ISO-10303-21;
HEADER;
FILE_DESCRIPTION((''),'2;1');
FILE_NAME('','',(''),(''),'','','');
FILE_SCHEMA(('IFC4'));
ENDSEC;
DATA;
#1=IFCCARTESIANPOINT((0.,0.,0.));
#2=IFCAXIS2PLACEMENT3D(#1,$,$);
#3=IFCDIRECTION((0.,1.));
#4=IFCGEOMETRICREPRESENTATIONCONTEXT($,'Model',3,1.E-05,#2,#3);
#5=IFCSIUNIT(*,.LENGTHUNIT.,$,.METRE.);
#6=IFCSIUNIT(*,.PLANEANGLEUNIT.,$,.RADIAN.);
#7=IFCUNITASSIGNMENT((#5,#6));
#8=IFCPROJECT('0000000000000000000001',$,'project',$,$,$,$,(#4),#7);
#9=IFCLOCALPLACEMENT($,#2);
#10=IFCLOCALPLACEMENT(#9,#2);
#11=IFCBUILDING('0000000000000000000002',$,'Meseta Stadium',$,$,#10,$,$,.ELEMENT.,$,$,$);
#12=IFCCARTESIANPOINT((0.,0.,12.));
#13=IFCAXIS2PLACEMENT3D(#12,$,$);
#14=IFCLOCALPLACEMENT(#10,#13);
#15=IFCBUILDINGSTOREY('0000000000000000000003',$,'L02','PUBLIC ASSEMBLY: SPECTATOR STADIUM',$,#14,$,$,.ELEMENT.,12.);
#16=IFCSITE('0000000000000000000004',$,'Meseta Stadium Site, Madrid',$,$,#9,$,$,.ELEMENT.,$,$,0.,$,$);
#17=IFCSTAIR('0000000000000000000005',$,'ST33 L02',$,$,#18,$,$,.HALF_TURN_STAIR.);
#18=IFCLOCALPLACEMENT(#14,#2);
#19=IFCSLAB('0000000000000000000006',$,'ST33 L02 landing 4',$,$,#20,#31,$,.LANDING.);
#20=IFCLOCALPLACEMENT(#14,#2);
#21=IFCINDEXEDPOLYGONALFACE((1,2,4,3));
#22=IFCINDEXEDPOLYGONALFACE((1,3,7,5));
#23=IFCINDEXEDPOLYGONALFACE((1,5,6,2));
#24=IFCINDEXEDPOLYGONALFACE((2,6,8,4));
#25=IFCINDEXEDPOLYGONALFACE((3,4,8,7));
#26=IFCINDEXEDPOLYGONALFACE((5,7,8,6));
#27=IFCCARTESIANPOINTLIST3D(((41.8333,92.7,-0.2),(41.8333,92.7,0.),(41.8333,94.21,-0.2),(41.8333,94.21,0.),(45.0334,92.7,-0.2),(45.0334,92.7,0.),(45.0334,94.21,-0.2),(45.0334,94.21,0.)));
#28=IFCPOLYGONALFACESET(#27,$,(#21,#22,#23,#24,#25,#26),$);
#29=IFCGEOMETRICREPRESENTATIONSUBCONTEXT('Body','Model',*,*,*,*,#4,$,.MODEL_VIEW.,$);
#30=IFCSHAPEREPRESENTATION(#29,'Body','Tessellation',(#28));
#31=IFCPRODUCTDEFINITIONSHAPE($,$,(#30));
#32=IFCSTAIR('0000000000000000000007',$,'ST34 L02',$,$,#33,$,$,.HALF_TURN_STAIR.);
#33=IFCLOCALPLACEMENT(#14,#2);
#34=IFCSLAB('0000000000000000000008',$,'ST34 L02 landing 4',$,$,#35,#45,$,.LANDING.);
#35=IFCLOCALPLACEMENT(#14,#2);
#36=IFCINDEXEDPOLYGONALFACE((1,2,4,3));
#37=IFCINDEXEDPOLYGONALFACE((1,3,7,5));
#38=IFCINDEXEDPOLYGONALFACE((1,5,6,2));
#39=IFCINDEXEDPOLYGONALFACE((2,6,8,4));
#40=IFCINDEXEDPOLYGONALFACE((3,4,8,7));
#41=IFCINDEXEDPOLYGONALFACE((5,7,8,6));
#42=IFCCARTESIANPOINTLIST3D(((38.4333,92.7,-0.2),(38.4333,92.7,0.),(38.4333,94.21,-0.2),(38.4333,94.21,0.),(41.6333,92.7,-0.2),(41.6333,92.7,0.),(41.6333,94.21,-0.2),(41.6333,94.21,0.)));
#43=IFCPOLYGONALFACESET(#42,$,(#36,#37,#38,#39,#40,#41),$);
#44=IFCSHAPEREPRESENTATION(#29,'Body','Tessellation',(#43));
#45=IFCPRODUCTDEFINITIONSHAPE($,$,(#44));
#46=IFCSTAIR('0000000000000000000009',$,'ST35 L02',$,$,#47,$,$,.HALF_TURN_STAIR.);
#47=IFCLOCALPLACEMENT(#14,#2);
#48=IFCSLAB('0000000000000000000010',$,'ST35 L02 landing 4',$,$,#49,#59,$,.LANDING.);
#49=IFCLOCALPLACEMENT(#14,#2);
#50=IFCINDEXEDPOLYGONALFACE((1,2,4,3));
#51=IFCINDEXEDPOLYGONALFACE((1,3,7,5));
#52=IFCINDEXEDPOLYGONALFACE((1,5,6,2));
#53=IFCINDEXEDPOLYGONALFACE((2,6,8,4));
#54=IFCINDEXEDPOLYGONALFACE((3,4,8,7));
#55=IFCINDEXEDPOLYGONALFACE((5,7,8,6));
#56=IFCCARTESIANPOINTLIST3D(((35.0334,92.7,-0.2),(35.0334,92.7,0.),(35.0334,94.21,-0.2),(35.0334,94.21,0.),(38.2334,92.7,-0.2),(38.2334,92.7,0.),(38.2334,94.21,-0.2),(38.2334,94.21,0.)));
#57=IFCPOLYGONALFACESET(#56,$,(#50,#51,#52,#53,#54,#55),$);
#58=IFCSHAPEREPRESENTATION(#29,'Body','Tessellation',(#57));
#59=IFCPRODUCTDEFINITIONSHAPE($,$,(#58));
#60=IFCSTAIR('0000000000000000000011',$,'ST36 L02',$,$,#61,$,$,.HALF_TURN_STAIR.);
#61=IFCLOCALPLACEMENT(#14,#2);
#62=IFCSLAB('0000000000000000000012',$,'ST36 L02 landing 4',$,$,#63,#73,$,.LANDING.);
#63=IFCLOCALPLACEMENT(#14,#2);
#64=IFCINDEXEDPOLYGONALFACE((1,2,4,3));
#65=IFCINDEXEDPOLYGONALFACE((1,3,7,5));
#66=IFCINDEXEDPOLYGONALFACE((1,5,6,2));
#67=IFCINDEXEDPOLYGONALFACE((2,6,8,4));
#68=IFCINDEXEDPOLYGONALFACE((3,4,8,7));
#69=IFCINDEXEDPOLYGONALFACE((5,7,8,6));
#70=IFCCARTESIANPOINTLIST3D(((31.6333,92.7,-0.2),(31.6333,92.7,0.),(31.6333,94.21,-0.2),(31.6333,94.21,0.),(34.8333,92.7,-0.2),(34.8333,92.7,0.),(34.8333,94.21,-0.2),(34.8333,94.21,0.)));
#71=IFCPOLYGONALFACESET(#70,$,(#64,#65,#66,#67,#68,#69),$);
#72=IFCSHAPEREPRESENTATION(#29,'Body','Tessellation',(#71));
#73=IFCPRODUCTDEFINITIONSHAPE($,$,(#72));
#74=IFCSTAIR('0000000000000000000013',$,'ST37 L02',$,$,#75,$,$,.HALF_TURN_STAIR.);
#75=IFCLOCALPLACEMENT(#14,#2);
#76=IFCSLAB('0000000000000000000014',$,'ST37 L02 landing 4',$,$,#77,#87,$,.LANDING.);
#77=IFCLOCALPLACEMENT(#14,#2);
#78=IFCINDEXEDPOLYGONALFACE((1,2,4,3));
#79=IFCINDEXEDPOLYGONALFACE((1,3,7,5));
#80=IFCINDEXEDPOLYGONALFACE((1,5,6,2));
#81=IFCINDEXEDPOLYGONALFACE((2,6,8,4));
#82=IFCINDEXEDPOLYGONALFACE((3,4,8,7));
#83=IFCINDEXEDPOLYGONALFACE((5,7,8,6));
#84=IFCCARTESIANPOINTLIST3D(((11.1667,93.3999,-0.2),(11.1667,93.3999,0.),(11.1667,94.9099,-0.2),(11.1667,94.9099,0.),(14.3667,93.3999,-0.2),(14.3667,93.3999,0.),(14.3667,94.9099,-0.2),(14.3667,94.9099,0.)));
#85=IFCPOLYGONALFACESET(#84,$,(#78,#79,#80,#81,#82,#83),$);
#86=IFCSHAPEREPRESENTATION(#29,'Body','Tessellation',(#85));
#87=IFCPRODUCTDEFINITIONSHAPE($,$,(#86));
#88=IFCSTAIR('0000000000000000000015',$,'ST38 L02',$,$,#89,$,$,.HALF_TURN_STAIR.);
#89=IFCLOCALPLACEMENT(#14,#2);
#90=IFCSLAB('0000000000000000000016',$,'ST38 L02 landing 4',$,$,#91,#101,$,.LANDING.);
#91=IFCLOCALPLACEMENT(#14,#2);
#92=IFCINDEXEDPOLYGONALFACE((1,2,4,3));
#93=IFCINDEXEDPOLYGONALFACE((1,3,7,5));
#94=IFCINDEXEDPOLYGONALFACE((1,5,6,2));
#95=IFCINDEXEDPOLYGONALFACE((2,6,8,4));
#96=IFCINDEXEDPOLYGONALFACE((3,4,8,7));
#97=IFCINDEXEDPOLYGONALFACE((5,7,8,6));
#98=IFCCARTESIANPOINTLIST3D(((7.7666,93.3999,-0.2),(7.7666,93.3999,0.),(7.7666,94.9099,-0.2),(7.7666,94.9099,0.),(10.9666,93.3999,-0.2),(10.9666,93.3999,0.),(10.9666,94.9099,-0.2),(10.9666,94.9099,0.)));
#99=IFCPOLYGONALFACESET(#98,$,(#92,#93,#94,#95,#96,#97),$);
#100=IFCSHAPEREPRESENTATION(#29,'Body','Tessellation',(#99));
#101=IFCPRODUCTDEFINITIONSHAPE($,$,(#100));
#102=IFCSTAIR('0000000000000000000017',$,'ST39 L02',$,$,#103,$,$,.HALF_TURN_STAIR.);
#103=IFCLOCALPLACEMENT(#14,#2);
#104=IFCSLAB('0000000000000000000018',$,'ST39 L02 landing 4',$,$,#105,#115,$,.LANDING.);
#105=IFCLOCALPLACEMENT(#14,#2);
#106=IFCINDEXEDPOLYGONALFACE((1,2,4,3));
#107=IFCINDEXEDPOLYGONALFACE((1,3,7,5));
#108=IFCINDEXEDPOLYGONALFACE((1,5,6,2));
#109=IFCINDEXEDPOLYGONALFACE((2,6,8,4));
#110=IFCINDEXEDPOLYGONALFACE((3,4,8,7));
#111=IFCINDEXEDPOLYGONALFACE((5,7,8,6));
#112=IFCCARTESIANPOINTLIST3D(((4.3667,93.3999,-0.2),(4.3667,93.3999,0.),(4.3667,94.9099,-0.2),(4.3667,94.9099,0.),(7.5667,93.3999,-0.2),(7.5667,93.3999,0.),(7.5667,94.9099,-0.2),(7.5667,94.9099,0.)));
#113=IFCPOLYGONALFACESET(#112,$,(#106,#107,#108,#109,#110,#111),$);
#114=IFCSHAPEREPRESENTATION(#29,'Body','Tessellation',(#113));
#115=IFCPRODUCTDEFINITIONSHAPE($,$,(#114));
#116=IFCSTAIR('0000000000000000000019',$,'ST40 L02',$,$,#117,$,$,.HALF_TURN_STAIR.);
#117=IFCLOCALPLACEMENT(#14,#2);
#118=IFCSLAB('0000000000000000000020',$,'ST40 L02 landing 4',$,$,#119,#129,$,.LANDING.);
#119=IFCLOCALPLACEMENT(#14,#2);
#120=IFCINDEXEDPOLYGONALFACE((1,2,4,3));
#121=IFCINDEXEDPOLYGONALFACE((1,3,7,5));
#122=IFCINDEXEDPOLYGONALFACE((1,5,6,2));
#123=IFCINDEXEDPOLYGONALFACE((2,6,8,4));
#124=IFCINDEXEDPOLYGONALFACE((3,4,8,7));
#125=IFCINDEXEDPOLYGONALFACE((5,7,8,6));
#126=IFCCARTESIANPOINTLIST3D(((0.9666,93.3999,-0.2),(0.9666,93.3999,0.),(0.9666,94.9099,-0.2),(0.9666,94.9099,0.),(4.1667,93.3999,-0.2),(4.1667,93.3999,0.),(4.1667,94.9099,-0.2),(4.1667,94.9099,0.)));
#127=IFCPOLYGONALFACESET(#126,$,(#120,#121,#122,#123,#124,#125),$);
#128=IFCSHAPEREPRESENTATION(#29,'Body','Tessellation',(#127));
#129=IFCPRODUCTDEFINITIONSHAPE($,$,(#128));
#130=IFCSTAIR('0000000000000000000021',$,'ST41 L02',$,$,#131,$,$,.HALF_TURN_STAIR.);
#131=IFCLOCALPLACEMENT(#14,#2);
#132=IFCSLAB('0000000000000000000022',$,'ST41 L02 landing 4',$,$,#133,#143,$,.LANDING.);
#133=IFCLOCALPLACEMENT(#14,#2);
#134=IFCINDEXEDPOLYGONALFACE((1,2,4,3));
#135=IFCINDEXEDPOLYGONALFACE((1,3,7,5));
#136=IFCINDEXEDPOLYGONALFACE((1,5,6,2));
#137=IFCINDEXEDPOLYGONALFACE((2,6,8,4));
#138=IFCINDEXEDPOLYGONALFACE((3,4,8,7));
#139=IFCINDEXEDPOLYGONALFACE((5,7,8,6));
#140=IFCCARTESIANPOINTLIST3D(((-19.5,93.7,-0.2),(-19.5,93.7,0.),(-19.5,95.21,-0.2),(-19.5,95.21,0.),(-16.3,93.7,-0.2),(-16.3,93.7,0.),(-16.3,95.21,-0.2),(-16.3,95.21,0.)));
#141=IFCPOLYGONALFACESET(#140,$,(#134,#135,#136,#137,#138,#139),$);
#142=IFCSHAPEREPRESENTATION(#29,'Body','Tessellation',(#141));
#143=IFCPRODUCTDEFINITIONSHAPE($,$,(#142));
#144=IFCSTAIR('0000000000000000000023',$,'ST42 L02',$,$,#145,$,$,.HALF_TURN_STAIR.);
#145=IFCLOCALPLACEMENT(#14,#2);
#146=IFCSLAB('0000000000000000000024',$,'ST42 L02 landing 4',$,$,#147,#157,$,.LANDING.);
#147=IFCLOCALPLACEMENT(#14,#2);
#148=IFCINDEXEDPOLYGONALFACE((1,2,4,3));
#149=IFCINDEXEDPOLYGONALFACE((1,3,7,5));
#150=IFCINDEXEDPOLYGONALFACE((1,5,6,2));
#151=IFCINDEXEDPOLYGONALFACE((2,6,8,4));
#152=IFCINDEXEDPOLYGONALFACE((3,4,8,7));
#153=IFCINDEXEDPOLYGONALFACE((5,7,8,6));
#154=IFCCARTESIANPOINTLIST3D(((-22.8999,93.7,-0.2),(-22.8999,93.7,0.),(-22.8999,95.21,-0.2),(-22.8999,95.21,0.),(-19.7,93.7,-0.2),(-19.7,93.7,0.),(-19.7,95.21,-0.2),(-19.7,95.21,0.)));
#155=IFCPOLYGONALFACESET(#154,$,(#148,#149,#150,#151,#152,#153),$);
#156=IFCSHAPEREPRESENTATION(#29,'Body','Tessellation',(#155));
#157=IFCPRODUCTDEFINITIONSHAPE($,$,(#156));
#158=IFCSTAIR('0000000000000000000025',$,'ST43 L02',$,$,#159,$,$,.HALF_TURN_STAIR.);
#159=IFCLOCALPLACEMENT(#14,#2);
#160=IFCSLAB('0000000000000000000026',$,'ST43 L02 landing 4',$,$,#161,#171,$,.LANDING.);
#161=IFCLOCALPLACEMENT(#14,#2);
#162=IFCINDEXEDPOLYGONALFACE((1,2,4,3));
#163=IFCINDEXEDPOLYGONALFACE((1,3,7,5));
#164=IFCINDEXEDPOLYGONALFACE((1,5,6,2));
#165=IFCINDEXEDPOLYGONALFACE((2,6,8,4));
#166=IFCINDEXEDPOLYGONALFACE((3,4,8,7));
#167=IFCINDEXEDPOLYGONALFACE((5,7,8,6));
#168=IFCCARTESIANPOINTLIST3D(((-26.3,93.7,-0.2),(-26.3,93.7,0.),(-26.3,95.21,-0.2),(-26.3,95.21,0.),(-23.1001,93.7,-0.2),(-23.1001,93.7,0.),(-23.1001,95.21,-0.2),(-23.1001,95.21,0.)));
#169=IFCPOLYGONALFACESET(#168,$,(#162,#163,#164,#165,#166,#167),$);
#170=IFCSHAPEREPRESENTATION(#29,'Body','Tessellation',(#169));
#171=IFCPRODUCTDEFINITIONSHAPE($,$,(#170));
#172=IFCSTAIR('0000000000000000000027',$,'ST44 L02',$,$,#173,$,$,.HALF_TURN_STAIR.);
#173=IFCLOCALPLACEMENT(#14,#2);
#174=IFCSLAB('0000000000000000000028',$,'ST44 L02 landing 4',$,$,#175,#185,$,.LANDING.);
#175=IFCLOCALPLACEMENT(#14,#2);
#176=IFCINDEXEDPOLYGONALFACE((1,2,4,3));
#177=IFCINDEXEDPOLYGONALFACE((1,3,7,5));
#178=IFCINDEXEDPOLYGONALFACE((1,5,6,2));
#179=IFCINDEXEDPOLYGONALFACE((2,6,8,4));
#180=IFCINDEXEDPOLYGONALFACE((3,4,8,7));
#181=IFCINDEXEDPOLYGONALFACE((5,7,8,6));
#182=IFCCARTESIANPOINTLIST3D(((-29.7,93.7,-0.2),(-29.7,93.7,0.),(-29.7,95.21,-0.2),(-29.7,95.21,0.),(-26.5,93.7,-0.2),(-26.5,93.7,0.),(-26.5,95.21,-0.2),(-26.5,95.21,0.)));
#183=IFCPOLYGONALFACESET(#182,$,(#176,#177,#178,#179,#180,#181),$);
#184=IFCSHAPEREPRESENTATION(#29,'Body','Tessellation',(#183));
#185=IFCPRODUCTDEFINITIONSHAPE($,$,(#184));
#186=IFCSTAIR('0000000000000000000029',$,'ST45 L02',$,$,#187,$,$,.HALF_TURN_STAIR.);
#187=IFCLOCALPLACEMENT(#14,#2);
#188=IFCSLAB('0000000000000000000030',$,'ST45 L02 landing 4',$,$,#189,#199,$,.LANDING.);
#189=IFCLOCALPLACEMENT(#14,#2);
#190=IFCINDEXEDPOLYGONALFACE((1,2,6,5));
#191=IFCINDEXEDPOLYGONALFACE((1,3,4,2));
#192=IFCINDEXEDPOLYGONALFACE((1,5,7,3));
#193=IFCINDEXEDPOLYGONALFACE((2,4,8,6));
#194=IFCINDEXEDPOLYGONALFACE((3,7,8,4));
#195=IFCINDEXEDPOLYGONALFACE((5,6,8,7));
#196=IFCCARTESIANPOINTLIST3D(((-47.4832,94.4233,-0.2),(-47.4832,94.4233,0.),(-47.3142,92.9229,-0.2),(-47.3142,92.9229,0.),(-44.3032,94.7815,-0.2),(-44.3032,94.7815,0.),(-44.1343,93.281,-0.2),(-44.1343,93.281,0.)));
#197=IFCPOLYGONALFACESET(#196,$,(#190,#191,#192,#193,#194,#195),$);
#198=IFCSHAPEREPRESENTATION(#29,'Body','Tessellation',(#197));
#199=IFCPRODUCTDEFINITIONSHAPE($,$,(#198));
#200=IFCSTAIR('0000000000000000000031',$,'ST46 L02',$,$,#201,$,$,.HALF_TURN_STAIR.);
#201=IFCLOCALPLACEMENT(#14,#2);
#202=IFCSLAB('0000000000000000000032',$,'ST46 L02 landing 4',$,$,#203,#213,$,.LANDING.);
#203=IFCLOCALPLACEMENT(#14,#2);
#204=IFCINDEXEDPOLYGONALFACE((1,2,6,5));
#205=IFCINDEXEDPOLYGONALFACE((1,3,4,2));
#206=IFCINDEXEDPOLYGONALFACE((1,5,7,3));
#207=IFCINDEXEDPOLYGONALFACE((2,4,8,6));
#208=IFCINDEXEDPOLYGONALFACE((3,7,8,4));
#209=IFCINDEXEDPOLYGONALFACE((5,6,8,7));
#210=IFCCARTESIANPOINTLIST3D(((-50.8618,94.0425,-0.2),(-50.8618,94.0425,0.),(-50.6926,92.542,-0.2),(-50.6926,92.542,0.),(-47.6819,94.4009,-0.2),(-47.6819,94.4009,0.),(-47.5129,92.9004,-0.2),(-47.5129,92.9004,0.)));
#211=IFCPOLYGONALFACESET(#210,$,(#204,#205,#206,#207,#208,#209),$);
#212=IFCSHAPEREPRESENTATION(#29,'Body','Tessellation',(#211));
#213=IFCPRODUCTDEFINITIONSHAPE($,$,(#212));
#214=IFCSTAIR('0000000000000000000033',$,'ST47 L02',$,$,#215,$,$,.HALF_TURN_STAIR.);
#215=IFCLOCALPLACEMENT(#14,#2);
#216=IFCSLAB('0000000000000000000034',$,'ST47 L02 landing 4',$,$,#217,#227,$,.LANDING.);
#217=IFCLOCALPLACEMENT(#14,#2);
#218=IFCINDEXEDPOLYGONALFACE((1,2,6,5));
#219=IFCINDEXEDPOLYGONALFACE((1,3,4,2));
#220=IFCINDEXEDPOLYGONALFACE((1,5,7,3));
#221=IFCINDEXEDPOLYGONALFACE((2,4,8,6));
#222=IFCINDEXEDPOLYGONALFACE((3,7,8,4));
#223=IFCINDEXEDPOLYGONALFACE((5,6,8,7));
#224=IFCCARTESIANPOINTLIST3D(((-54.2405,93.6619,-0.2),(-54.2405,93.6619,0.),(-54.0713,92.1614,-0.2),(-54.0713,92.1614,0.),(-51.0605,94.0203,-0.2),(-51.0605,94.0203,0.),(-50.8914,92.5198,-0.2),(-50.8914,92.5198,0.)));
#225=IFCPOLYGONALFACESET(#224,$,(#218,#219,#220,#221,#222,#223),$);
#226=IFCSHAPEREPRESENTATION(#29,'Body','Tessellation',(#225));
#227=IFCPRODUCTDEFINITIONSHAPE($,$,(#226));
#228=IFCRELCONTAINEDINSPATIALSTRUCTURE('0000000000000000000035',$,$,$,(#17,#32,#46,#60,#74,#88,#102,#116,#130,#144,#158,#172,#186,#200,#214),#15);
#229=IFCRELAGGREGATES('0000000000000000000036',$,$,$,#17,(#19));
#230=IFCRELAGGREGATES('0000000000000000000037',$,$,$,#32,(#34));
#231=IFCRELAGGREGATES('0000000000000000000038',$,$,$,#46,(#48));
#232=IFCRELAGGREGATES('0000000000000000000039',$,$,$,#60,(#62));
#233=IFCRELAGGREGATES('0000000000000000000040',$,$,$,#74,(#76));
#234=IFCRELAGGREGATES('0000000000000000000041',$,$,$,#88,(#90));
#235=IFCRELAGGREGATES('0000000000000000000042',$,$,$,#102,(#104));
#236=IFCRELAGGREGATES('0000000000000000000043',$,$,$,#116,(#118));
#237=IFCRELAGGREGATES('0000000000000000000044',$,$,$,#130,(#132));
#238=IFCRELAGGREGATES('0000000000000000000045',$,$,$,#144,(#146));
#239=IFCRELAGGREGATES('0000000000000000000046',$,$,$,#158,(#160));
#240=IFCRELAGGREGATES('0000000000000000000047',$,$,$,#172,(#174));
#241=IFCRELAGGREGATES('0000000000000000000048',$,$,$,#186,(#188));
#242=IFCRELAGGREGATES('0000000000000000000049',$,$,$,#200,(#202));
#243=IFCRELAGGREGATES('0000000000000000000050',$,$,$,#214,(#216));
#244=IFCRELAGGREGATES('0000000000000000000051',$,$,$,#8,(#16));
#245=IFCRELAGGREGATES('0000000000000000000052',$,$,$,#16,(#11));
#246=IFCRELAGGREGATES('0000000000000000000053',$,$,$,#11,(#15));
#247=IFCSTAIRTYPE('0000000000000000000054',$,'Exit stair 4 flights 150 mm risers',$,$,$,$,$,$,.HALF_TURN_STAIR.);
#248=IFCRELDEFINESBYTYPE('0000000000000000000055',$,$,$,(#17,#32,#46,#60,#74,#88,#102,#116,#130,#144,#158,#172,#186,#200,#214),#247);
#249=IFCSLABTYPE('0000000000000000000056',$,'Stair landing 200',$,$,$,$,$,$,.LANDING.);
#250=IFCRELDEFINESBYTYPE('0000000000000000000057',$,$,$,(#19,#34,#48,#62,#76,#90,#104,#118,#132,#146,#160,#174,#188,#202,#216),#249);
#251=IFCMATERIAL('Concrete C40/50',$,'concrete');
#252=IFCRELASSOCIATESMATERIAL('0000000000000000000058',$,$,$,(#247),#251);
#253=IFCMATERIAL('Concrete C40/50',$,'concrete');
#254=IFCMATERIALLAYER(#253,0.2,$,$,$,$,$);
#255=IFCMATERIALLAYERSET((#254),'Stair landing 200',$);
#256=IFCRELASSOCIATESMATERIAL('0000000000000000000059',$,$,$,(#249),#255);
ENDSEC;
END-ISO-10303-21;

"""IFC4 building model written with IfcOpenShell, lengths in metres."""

from ifc_helpers import new_model, si_unit, direction, frame, origin, place, context, subcontext, project, spatial, polyline, outline, extrude, material, layer, layer_set, type_object, element, aggregate, save


model = new_model("IFC4")

# Units and contexts
model_context = context("Model", 3, precision=1e-05, world=origin(), true_north=direction((0.0, 1.0)))
body_context = subcontext(model_context, "Body", "Model", "MODEL_VIEW")
ifc_project = project(units=[si_unit("LENGTHUNIT", "METRE"), si_unit("PLANEANGLEUNIT", "RADIAN")], contexts=[model_context])

# Site, building, storey
site_placement = place(None, origin())
site = spatial("IfcSite", under=ifc_project, at=site_placement, Name="Meseta Stadium Site, Madrid", CompositionType="ELEMENT", RefElevation=0.0)
building_placement = place(site_placement, origin())
building = spatial("IfcBuilding", under=site, at=building_placement, Name="Meseta Stadium", CompositionType="ELEMENT")
storey_placement = place(building_placement, frame((0.0, 0.0, 12.0)))
storey = spatial("IfcBuildingStorey", under=building, at=storey_placement, Name="L02", Description="PUBLIC ASSEMBLY: SPECTATOR STADIUM", CompositionType="ELEMENT", Elevation=12.0)

# Stairs, slabs
ifc_material_1 = material(Name="Concrete C40/50", Category="concrete")
stair_type = type_object("IfcStairType", Name="Exit stair 4 flights 150 mm risers", PredefinedType="HALF_TURN_STAIR", material=ifc_material_1)
stair_1_placement = place(storey_placement, origin())
stair_1 = element("IfcStair", 1, at=stair_1_placement, inside=storey, type_object=stair_type, Name="ST33 L02", PredefinedType="HALF_TURN_STAIR")
ifc_material_2 = material(Name="Concrete C40/50", Category="concrete")
ifc_layer = layer(ifc_material_2, 0.2)
ifc_layer_set = layer_set([ifc_layer], Name="Stair landing 200")
slab_type = type_object("IfcSlabType", Name="Stair landing 200", PredefinedType="LANDING", material=ifc_layer_set)
slab_1_placement = place(storey_placement, frame((0.0, 0.0, -0.2)))
slab_1 = element("IfcSlab", 2, at=slab_1_placement, type_object=slab_type, Name="ST33 L02 landing 4", PredefinedType="LANDING", context=body_context, shape_type="SweptSolid", body=[
    extrude(outline(polyline([(45.0334, 92.7), (45.0334, 94.21), (41.8333, 94.21), (41.8333, 92.7), (45.0334, 92.7)])), origin(), (0.0, 0.0, 1.0), 0.2),
])
aggregate(stair_1, [slab_1])
stair_2_placement = place(storey_placement, origin())
stair_2 = element("IfcStair", 3, at=stair_2_placement, inside=storey, type_object=stair_type, Name="ST34 L02", PredefinedType="HALF_TURN_STAIR")
slab_2_placement = place(storey_placement, frame((0.0, 0.0, -0.2)))
slab_2 = element("IfcSlab", 4, at=slab_2_placement, type_object=slab_type, Name="ST34 L02 landing 4", PredefinedType="LANDING", context=body_context, shape_type="SweptSolid", body=[
    extrude(outline(polyline([(41.6333, 92.7), (41.6333, 94.21), (38.4333, 94.21), (38.4333, 92.7), (41.6333, 92.7)])), origin(), (0.0, 0.0, 1.0), 0.2),
])
aggregate(stair_2, [slab_2])
stair_3_placement = place(storey_placement, origin())
stair_3 = element("IfcStair", 5, at=stair_3_placement, inside=storey, type_object=stair_type, Name="ST35 L02", PredefinedType="HALF_TURN_STAIR")
slab_3_placement = place(storey_placement, frame((0.0, 0.0, -0.2)))
slab_3 = element("IfcSlab", 6, at=slab_3_placement, type_object=slab_type, Name="ST35 L02 landing 4", PredefinedType="LANDING", context=body_context, shape_type="SweptSolid", body=[
    extrude(outline(polyline([(38.2334, 92.7), (38.2334, 94.21), (35.0334, 94.21), (35.0334, 92.7), (38.2334, 92.7)])), origin(), (0.0, 0.0, 1.0), 0.2),
])
aggregate(stair_3, [slab_3])
stair_4_placement = place(storey_placement, origin())
stair_4 = element("IfcStair", 7, at=stair_4_placement, inside=storey, type_object=stair_type, Name="ST36 L02", PredefinedType="HALF_TURN_STAIR")
slab_4_placement = place(storey_placement, frame((0.0, 0.0, -0.2)))
slab_4 = element("IfcSlab", 8, at=slab_4_placement, type_object=slab_type, Name="ST36 L02 landing 4", PredefinedType="LANDING", context=body_context, shape_type="SweptSolid", body=[
    extrude(outline(polyline([(34.8333, 92.7), (34.8333, 94.21), (31.6333, 94.21), (31.6333, 92.7), (34.8333, 92.7)])), origin(), (0.0, 0.0, 1.0), 0.2),
])
aggregate(stair_4, [slab_4])
stair_5_placement = place(storey_placement, origin())
stair_5 = element("IfcStair", 9, at=stair_5_placement, inside=storey, type_object=stair_type, Name="ST37 L02", PredefinedType="HALF_TURN_STAIR")
slab_5_placement = place(storey_placement, frame((0.0, 0.0, -0.2)))
slab_5 = element("IfcSlab", 10, at=slab_5_placement, type_object=slab_type, Name="ST37 L02 landing 4", PredefinedType="LANDING", context=body_context, shape_type="SweptSolid", body=[
    extrude(outline(polyline([(14.3667, 93.3999), (14.3667, 94.9099), (11.1667, 94.9099), (11.1667, 93.3999), (14.3667, 93.3999)])), origin(), (0.0, 0.0, 1.0), 0.2),
])
aggregate(stair_5, [slab_5])
stair_6_placement = place(storey_placement, origin())
stair_6 = element("IfcStair", 11, at=stair_6_placement, inside=storey, type_object=stair_type, Name="ST38 L02", PredefinedType="HALF_TURN_STAIR")
slab_6_placement = place(storey_placement, frame((0.0, 0.0, -0.2)))
slab_6 = element("IfcSlab", 12, at=slab_6_placement, type_object=slab_type, Name="ST38 L02 landing 4", PredefinedType="LANDING", context=body_context, shape_type="SweptSolid", body=[
    extrude(outline(polyline([(10.9666, 93.3999), (10.9666, 94.9099), (7.7666, 94.9099), (7.7666, 93.3999), (10.9666, 93.3999)])), origin(), (0.0, 0.0, 1.0), 0.2),
])
aggregate(stair_6, [slab_6])
stair_7_placement = place(storey_placement, origin())
stair_7 = element("IfcStair", 13, at=stair_7_placement, inside=storey, type_object=stair_type, Name="ST39 L02", PredefinedType="HALF_TURN_STAIR")
slab_7_placement = place(storey_placement, frame((0.0, 0.0, -0.2)))
slab_7 = element("IfcSlab", 14, at=slab_7_placement, type_object=slab_type, Name="ST39 L02 landing 4", PredefinedType="LANDING", context=body_context, shape_type="SweptSolid", body=[
    extrude(outline(polyline([(7.5667, 93.3999), (7.5667, 94.9099), (4.3667, 94.9099), (4.3667, 93.3999), (7.5667, 93.3999)])), origin(), (0.0, 0.0, 1.0), 0.2),
])
aggregate(stair_7, [slab_7])
stair_8_placement = place(storey_placement, origin())
stair_8 = element("IfcStair", 15, at=stair_8_placement, inside=storey, type_object=stair_type, Name="ST40 L02", PredefinedType="HALF_TURN_STAIR")
slab_8_placement = place(storey_placement, frame((0.0, 0.0, -0.2)))
slab_8 = element("IfcSlab", 16, at=slab_8_placement, type_object=slab_type, Name="ST40 L02 landing 4", PredefinedType="LANDING", context=body_context, shape_type="SweptSolid", body=[
    extrude(outline(polyline([(4.1667, 93.3999), (4.1667, 94.9099), (0.9666, 94.9099), (0.9666, 93.3999), (4.1667, 93.3999)])), origin(), (0.0, 0.0, 1.0), 0.2),
])
aggregate(stair_8, [slab_8])
stair_9_placement = place(storey_placement, origin())
stair_9 = element("IfcStair", 17, at=stair_9_placement, inside=storey, type_object=stair_type, Name="ST41 L02", PredefinedType="HALF_TURN_STAIR")
slab_9_placement = place(storey_placement, frame((0.0, 0.0, -0.2)))
slab_9 = element("IfcSlab", 18, at=slab_9_placement, type_object=slab_type, Name="ST41 L02 landing 4", PredefinedType="LANDING", context=body_context, shape_type="SweptSolid", body=[
    extrude(outline(polyline([(-16.3, 93.7), (-16.3, 95.21), (-19.5, 95.21), (-19.5, 93.7), (-16.3, 93.7)])), origin(), (0.0, 0.0, 1.0), 0.2),
])
aggregate(stair_9, [slab_9])
stair_10_placement = place(storey_placement, origin())
stair_10 = element("IfcStair", 19, at=stair_10_placement, inside=storey, type_object=stair_type, Name="ST42 L02", PredefinedType="HALF_TURN_STAIR")
slab_10_placement = place(storey_placement, frame((0.0, 0.0, -0.2)))
slab_10 = element("IfcSlab", 20, at=slab_10_placement, type_object=slab_type, Name="ST42 L02 landing 4", PredefinedType="LANDING", context=body_context, shape_type="SweptSolid", body=[
    extrude(outline(polyline([(-19.7, 93.7), (-19.7, 95.21), (-22.8999, 95.21), (-22.8999, 93.7), (-19.7, 93.7)])), origin(), (0.0, 0.0, 1.0), 0.2),
])
aggregate(stair_10, [slab_10])
stair_11_placement = place(storey_placement, origin())
stair_11 = element("IfcStair", 21, at=stair_11_placement, inside=storey, type_object=stair_type, Name="ST43 L02", PredefinedType="HALF_TURN_STAIR")
slab_11_placement = place(storey_placement, frame((0.0, 0.0, -0.2)))
slab_11 = element("IfcSlab", 22, at=slab_11_placement, type_object=slab_type, Name="ST43 L02 landing 4", PredefinedType="LANDING", context=body_context, shape_type="SweptSolid", body=[
    extrude(outline(polyline([(-23.1001, 93.7), (-23.1001, 95.21), (-26.3, 95.21), (-26.3, 93.7), (-23.1001, 93.7)])), origin(), (0.0, 0.0, 1.0), 0.2),
])
aggregate(stair_11, [slab_11])
stair_12_placement = place(storey_placement, origin())
stair_12 = element("IfcStair", 23, at=stair_12_placement, inside=storey, type_object=stair_type, Name="ST44 L02", PredefinedType="HALF_TURN_STAIR")
slab_12_placement = place(storey_placement, frame((0.0, 0.0, -0.2)))
slab_12 = element("IfcSlab", 24, at=slab_12_placement, type_object=slab_type, Name="ST44 L02 landing 4", PredefinedType="LANDING", context=body_context, shape_type="SweptSolid", body=[
    extrude(outline(polyline([(-26.5, 93.7), (-26.5, 95.21), (-29.7, 95.21), (-29.7, 93.7), (-26.5, 93.7)])), origin(), (0.0, 0.0, 1.0), 0.2),
])
aggregate(stair_12, [slab_12])
stair_13_placement = place(storey_placement, origin())
stair_13 = element("IfcStair", 25, at=stair_13_placement, inside=storey, type_object=stair_type, Name="ST45 L02", PredefinedType="HALF_TURN_STAIR")
slab_13_placement = place(storey_placement, frame((0.0, 0.0, -0.2)))
slab_13 = element("IfcSlab", 26, at=slab_13_placement, type_object=slab_type, Name="ST45 L02 landing 4", PredefinedType="LANDING", context=body_context, shape_type="SweptSolid", body=[
    extrude(outline(polyline([(-44.1343, 93.281), (-44.3032, 94.7815), (-47.4832, 94.4233), (-47.3142, 92.9229), (-44.1343, 93.281)])), origin(), (0.0, 0.0, 1.0), 0.2),
])
aggregate(stair_13, [slab_13])
stair_14_placement = place(storey_placement, origin())
stair_14 = element("IfcStair", 27, at=stair_14_placement, inside=storey, type_object=stair_type, Name="ST46 L02", PredefinedType="HALF_TURN_STAIR")
slab_14_placement = place(storey_placement, frame((0.0, 0.0, -0.2)))
slab_14 = element("IfcSlab", 28, at=slab_14_placement, type_object=slab_type, Name="ST46 L02 landing 4", PredefinedType="LANDING", context=body_context, shape_type="SweptSolid", body=[
    extrude(outline(polyline([(-47.5129, 92.9004), (-47.6819, 94.4009), (-50.8618, 94.0425), (-50.6926, 92.542), (-47.5129, 92.9004)])), origin(), (0.0, 0.0, 1.0), 0.2),
])
aggregate(stair_14, [slab_14])
stair_15_placement = place(storey_placement, origin())
stair_15 = element("IfcStair", 29, at=stair_15_placement, inside=storey, type_object=stair_type, Name="ST47 L02", PredefinedType="HALF_TURN_STAIR")
slab_15_placement = place(storey_placement, frame((0.0, 0.0, -0.2)))
slab_15 = element("IfcSlab", 30, at=slab_15_placement, type_object=slab_type, Name="ST47 L02 landing 4", PredefinedType="LANDING", context=body_context, shape_type="SweptSolid", body=[
    extrude(outline(polyline([(-50.8914, 92.5198), (-51.0605, 94.0203), (-54.2405, 93.6619), (-54.0713, 92.1614), (-50.8914, 92.5198)])), origin(), (0.0, 0.0, 1.0), 0.2),
])
aggregate(stair_15, [slab_15])

save(model, "model.ifc")
